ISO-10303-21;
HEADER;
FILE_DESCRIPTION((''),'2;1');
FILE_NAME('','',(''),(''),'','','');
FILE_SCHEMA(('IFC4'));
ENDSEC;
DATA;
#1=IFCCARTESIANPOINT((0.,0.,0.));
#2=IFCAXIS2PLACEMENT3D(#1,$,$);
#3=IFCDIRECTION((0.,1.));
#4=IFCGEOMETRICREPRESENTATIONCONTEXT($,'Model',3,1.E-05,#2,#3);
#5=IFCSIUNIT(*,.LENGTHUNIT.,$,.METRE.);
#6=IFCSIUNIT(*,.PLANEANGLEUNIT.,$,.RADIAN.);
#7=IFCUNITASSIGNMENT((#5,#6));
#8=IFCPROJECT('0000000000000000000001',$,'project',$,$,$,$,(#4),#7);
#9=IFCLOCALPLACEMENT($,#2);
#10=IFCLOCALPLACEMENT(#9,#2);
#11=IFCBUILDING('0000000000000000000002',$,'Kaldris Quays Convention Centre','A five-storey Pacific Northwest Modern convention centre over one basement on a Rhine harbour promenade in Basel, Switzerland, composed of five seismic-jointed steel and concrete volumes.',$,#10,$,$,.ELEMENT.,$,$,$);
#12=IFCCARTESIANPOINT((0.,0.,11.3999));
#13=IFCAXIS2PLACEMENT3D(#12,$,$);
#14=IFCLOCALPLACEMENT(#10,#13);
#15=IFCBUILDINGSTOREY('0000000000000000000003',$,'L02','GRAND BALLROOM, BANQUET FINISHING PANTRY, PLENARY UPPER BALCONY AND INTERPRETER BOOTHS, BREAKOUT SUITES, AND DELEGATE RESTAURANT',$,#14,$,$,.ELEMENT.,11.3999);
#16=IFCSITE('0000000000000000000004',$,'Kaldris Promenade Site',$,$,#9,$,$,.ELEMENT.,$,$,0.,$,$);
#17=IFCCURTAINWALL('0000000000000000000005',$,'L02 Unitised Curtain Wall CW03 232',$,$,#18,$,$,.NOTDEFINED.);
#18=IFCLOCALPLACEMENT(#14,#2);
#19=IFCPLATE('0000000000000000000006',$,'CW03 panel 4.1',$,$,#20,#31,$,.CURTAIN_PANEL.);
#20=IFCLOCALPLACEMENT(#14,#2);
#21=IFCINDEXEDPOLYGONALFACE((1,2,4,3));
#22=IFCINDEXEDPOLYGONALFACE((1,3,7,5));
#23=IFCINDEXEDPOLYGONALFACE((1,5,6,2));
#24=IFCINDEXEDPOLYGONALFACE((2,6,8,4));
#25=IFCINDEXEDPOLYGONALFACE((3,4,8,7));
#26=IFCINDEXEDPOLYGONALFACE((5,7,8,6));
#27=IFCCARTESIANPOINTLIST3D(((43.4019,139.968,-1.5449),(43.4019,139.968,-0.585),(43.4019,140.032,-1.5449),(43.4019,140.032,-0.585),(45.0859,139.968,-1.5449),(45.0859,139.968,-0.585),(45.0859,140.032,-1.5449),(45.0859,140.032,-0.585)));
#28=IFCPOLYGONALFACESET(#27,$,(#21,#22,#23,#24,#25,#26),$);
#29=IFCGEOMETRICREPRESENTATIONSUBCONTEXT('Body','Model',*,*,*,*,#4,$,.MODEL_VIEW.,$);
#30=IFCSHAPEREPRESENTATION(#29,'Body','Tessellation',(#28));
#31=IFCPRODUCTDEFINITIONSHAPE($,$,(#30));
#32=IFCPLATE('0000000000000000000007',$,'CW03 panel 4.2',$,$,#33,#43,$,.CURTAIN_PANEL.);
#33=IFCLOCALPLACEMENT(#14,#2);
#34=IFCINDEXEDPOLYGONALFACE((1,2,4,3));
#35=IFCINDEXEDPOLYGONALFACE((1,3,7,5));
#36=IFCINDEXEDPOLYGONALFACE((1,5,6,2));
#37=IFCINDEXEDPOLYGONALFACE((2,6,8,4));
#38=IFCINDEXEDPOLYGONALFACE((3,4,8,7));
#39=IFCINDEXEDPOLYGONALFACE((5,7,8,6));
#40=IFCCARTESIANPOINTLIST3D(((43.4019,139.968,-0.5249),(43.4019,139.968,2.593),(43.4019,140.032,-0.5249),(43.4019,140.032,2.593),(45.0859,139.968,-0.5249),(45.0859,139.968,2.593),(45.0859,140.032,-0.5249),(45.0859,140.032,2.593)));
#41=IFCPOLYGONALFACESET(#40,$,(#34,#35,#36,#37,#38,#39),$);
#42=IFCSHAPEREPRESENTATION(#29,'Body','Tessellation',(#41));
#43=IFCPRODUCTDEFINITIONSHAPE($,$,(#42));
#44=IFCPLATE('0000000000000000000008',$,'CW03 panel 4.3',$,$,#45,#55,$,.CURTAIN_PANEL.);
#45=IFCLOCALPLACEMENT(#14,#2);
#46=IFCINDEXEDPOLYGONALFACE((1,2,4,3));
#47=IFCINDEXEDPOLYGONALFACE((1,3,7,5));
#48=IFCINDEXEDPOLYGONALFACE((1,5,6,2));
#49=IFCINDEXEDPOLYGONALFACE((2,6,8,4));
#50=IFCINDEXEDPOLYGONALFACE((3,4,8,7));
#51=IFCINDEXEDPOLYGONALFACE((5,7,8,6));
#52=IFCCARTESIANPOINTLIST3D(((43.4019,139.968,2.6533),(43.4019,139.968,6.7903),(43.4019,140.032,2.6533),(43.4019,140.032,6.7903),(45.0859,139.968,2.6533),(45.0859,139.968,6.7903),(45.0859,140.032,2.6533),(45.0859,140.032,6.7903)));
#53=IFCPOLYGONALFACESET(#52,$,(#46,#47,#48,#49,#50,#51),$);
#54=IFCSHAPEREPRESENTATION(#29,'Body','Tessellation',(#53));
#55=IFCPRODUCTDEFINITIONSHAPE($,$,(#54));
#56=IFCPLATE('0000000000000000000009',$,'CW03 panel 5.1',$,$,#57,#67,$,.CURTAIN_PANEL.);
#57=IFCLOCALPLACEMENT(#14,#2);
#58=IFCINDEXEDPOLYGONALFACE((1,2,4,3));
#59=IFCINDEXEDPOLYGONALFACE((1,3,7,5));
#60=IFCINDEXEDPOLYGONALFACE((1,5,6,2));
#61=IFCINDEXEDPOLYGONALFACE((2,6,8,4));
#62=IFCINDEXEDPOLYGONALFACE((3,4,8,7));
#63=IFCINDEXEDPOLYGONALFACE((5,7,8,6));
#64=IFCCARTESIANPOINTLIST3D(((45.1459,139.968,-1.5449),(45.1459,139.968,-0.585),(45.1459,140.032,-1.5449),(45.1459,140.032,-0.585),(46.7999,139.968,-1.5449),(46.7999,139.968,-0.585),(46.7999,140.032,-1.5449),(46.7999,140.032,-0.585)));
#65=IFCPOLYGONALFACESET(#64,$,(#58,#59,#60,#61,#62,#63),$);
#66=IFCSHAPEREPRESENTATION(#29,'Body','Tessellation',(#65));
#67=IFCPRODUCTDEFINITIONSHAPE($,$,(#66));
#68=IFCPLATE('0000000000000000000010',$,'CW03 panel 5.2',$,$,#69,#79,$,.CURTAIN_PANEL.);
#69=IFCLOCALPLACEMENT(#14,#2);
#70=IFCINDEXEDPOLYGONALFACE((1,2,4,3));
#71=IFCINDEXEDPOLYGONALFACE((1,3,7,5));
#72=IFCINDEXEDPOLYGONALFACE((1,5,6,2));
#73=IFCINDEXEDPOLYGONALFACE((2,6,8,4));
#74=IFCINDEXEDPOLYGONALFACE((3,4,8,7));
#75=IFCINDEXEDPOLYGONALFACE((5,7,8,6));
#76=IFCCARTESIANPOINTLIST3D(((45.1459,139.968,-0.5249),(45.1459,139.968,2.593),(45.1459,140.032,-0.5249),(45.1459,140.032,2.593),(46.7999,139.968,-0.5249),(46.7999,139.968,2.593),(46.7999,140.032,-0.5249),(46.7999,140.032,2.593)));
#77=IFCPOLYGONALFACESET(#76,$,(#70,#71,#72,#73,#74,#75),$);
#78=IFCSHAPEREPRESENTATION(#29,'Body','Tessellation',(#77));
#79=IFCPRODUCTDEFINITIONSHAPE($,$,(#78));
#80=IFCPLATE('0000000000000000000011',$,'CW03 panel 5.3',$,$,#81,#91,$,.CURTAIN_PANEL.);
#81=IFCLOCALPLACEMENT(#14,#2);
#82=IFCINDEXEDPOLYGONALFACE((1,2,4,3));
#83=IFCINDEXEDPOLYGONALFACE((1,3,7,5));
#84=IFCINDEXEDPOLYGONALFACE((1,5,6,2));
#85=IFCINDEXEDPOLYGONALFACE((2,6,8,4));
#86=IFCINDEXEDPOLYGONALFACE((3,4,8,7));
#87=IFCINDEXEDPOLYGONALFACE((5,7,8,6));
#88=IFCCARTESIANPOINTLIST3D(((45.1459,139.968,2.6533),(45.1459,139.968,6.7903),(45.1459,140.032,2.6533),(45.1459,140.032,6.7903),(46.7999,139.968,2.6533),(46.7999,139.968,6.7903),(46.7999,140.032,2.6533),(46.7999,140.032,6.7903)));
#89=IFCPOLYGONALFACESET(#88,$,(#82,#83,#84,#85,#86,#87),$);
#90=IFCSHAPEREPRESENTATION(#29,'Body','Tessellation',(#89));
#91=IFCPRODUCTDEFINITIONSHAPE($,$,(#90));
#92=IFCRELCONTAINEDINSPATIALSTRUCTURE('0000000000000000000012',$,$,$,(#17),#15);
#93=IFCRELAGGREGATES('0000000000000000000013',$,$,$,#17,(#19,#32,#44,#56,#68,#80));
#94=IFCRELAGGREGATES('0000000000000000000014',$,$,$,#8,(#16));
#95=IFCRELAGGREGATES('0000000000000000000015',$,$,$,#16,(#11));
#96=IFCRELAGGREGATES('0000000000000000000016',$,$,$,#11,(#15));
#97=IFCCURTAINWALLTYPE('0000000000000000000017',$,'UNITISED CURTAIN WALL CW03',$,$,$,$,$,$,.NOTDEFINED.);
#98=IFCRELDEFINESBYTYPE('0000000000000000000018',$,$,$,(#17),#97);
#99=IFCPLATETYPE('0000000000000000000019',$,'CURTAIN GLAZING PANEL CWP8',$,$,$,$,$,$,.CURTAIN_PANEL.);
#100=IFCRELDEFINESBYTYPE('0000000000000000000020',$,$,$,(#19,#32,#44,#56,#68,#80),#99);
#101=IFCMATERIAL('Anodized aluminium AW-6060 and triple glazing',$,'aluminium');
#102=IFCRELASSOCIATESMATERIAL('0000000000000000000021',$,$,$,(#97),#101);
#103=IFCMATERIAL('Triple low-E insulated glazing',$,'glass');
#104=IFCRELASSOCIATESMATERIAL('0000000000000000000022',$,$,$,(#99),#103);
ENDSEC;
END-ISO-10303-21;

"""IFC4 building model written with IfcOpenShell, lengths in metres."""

from ifc_helpers import new_model, si_unit, direction, frame, origin, origin_2d, place, context, subcontext, project, spatial, rectangle, extrude, material, type_object, element, aggregate, save


model = new_model("IFC4")

# Units and contexts
model_context = context("Model", 3, precision=1e-05, world=origin(), true_north=direction((0.0, 1.0)))
body_context = subcontext(model_context, "Body", "Model", "MODEL_VIEW")
ifc_project = project(units=[si_unit("LENGTHUNIT", "METRE"), si_unit("PLANEANGLEUNIT", "RADIAN")], contexts=[model_context])

# Site, building, storey
site_placement = place(None, origin())
site = spatial("IfcSite", under=ifc_project, at=site_placement, Name="Kaldris Promenade Site", CompositionType="ELEMENT", RefElevation=0.0)
building_placement = place(site_placement, origin())
building = spatial("IfcBuilding", under=site, at=building_placement, Name="Kaldris Quays Convention Centre", Description="A five-storey Pacific Northwest Modern convention centre over one basement on a Rhine harbour promenade in Basel, Switzerland, composed of five seismic-jointed steel and concrete volumes.", CompositionType="ELEMENT")
storey_placement = place(building_placement, frame((0.0, 0.0, 11.3999)))
storey = spatial("IfcBuildingStorey", under=building, at=storey_placement, Name="L02", Description="GRAND BALLROOM, BANQUET FINISHING PANTRY, PLENARY UPPER BALCONY AND INTERPRETER BOOTHS, BREAKOUT SUITES, AND DELEGATE RESTAURANT", CompositionType="ELEMENT", Elevation=11.3999)

# Curtain wall
ifc_material_1 = material(Name="Anodized aluminium AW-6060 and triple glazing", Category="aluminium")
curtain_wall_type = type_object("IfcCurtainWallType", Name="UNITISED CURTAIN WALL CW03", PredefinedType="NOTDEFINED", material=ifc_material_1)
curtain_wall_1_placement = place(storey_placement, origin())
curtain_wall_1 = element("IfcCurtainWall", 1, at=curtain_wall_1_placement, inside=storey, type_object=curtain_wall_type, Name="L02 Unitised Curtain Wall CW03 232", PredefinedType="NOTDEFINED")

# Plates
ifc_material_2 = material(Name="Triple low-E insulated glazing", Category="glass")
plate_type_1 = type_object("IfcPlateType", Name="CURTAIN GLAZING PANEL CWP8", PredefinedType="CURTAIN_PANEL", material=ifc_material_2)
plate_1_placement = place(storey_placement, frame((44.2439, 140.0, -1.5449), z_axis=(0.0, 0.0, 1.0), x_axis=(1.0, 0.0, 0.0)))
plate_1 = element("IfcPlate", 2, at=plate_1_placement, type_object=plate_type_1, Name="CW03 panel 4.1", PredefinedType="CURTAIN_PANEL", context=body_context, shape_type="SweptSolid", body=[
    extrude(rectangle(XDim=1.6841, YDim=0.064, at=origin_2d()), origin(), (0.0, 0.0, 1.0), 0.96),
])
plate_2_placement = place(storey_placement, frame((44.2439, 140.0, -0.5249), z_axis=(0.0, 0.0, 1.0), x_axis=(1.0, 0.0, 0.0)))
plate_2 = element("IfcPlate", 3, at=plate_2_placement, type_object=plate_type_1, Name="CW03 panel 4.2", PredefinedType="CURTAIN_PANEL", context=body_context, shape_type="SweptSolid", body=[
    extrude(rectangle(XDim=1.6841, YDim=0.064, at=origin_2d()), origin(), (0.0, 0.0, 1.0), 3.1179),
])
plate_3_placement = place(storey_placement, frame((44.2439, 140.0, 2.6533), z_axis=(0.0, 0.0, 1.0), x_axis=(1.0, 0.0, 0.0)))
plate_3 = element("IfcPlate", 4, at=plate_3_placement, type_object=plate_type_1, Name="CW03 panel 4.3", PredefinedType="CURTAIN_PANEL", context=body_context, shape_type="SweptSolid", body=[
    extrude(rectangle(XDim=1.6841, YDim=0.064, at=origin_2d()), origin(), (0.0, 0.0, 1.0), 4.137),
])
plate_4_placement = place(storey_placement, frame((45.9729, 140.0, -1.5449), z_axis=(0.0, 0.0, 1.0), x_axis=(1.0, 0.0, 0.0)))
plate_4 = element("IfcPlate", 5, at=plate_4_placement, type_object=plate_type_1, Name="CW03 panel 5.1", PredefinedType="CURTAIN_PANEL", context=body_context, shape_type="SweptSolid", body=[
    extrude(rectangle(XDim=1.6541, YDim=0.064, at=origin_2d()), origin(), (0.0, 0.0, 1.0), 0.96),
])
plate_5_placement = place(storey_placement, frame((45.9729, 140.0, -0.5249), z_axis=(0.0, 0.0, 1.0), x_axis=(1.0, 0.0, 0.0)))
plate_5 = element("IfcPlate", 6, at=plate_5_placement, type_object=plate_type_1, Name="CW03 panel 5.2", PredefinedType="CURTAIN_PANEL", context=body_context, shape_type="SweptSolid", body=[
    extrude(rectangle(XDim=1.6541, YDim=0.064, at=origin_2d()), origin(), (0.0, 0.0, 1.0), 3.1179),
])
plate_6_placement = place(storey_placement, frame((45.9729, 140.0, 2.6533), z_axis=(0.0, 0.0, 1.0), x_axis=(1.0, 0.0, 0.0)))
plate_6 = element("IfcPlate", 7, at=plate_6_placement, type_object=plate_type_1, Name="CW03 panel 5.3", PredefinedType="CURTAIN_PANEL", context=body_context, shape_type="SweptSolid", body=[
    extrude(rectangle(XDim=1.6541, YDim=0.064, at=origin_2d()), origin(), (0.0, 0.0, 1.0), 4.137),
])
aggregate(curtain_wall_1, [plate_1, plate_2, plate_3, plate_4, plate_5, plate_6])

save(model, "model.ifc")
